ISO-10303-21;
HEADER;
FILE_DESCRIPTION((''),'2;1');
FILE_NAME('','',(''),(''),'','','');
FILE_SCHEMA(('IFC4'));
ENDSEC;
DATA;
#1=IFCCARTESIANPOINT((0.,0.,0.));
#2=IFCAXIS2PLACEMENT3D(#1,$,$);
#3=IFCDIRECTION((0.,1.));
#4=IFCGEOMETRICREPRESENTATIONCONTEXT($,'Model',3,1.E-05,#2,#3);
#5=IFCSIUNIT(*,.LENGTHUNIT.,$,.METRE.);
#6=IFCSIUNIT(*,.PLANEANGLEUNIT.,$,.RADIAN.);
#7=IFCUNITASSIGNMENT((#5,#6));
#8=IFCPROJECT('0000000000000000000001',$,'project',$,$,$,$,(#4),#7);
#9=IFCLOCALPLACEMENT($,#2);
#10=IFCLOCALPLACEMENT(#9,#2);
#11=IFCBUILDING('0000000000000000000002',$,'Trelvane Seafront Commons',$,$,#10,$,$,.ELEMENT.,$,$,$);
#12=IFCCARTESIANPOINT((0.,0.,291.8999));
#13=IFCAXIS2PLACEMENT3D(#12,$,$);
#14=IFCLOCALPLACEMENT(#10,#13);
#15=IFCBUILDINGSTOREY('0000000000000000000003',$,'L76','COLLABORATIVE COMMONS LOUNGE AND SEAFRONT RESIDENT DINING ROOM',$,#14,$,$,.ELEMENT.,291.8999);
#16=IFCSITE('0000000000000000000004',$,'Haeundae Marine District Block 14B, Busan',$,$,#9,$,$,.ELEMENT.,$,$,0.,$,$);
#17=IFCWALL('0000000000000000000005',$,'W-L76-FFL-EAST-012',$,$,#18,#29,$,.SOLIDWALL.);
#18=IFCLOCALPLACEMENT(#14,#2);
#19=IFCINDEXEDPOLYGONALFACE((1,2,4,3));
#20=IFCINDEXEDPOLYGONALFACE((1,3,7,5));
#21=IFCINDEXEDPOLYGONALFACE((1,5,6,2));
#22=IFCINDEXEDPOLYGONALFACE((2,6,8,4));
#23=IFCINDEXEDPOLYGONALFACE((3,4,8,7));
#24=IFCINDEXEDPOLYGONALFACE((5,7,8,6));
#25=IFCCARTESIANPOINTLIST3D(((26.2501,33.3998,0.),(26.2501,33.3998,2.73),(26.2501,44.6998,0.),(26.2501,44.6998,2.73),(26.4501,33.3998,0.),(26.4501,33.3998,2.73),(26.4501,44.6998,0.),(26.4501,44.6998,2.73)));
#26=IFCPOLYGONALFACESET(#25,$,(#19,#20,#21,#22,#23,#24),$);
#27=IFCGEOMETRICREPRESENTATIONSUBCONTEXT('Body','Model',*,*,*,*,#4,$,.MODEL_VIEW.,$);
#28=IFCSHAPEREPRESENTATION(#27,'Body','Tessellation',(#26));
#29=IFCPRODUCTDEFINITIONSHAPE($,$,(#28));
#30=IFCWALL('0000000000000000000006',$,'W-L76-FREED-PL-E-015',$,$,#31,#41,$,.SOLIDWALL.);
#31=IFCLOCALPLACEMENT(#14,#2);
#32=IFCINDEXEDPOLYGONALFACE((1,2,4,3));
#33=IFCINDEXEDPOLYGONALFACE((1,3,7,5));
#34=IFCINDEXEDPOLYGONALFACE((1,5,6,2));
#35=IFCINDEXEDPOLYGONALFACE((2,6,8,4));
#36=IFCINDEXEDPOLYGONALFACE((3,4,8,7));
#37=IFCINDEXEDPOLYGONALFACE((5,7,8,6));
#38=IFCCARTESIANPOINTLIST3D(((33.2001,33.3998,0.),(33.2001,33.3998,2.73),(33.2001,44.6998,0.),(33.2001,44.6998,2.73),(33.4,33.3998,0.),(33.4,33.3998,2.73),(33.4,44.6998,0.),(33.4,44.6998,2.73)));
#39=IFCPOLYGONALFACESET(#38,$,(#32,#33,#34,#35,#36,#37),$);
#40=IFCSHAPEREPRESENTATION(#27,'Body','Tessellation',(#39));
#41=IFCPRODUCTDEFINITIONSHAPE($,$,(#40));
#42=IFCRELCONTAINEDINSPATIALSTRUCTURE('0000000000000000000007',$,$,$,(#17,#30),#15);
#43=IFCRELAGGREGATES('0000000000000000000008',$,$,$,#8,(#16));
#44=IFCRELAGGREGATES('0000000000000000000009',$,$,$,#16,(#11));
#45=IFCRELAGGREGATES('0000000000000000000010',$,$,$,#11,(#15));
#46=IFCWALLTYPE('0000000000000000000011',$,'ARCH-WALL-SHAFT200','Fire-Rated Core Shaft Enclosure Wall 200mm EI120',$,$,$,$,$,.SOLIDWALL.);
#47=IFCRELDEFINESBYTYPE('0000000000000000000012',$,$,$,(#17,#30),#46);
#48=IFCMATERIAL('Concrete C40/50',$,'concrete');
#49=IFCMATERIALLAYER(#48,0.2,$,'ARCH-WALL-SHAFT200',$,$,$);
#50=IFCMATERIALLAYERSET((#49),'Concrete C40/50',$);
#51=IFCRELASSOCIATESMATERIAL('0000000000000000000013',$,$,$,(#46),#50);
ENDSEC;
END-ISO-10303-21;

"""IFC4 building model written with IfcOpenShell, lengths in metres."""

from ifc_helpers import new_model, si_unit, direction, frame, frame_2d, origin, place, context, subcontext, project, spatial, rectangle, extrude, material, layer, layer_set, type_object, element, save


model = new_model("IFC4")

# Units and contexts
model_context = context("Model", 3, precision=1e-05, world=origin(), true_north=direction((0.0, 1.0)))
body_context = subcontext(model_context, "Body", "Model", "MODEL_VIEW")
ifc_project = project(units=[si_unit("LENGTHUNIT", "METRE"), si_unit("PLANEANGLEUNIT", "RADIAN")], contexts=[model_context])

# Site, building, storey
site_placement = place(None, origin())
site = spatial("IfcSite", under=ifc_project, at=site_placement, Name="Haeundae Marine District Block 14B, Busan", CompositionType="ELEMENT", RefElevation=0.0)
building_placement = place(site_placement, origin())
building = spatial("IfcBuilding", under=site, at=building_placement, Name="Trelvane Seafront Commons", CompositionType="ELEMENT")
storey_placement = place(building_placement, frame((0.0, 0.0, 291.8999)))
storey = spatial("IfcBuildingStorey", under=building, at=storey_placement, Name="L76", Description="COLLABORATIVE COMMONS LOUNGE AND SEAFRONT RESIDENT DINING ROOM", CompositionType="ELEMENT", Elevation=291.8999)

# Shared definitions
ifc_material_1 = material(Name="Concrete C40/50", Category="concrete")

# Walls
ifc_layer_1 = layer(ifc_material_1, 0.2, Name="ARCH-WALL-SHAFT200")
ifc_layer_set_1 = layer_set([ifc_layer_1], Name="Concrete C40/50")
wall_type_1 = type_object("IfcWallType", Name="ARCH-WALL-SHAFT200", Description="Fire-Rated Core Shaft Enclosure Wall 200mm EI120", PredefinedType="SOLIDWALL", material=ifc_layer_set_1)
for number, where, z_axis, x_axis, name in (
    (1, (26.3501, 33.3999, 0.0), (0.0, 0.0, 1.0), (0.0, 1.0, 0.0), "W-L76-FFL-EAST-012"),
    (2, (33.3, 33.3999, 0.0), (0.0, 0.0, 1.0), (0.0, 1.0, 0.0), "W-L76-FREED-PL-E-015"),
):
    element("IfcWall", number, at=place(storey_placement, frame(where, z_axis=z_axis, x_axis=x_axis)), inside=storey, type_object=wall_type_1, Name=name, PredefinedType="SOLIDWALL", context=body_context, shape_type="SweptSolid", body=[
        extrude(rectangle(XDim=11.3, YDim=0.2, at=frame_2d((5.6499, 0.0))), origin(), (0.0, 0.0, 1.0), 2.73),
    ])

save(model, "model.ifc")
